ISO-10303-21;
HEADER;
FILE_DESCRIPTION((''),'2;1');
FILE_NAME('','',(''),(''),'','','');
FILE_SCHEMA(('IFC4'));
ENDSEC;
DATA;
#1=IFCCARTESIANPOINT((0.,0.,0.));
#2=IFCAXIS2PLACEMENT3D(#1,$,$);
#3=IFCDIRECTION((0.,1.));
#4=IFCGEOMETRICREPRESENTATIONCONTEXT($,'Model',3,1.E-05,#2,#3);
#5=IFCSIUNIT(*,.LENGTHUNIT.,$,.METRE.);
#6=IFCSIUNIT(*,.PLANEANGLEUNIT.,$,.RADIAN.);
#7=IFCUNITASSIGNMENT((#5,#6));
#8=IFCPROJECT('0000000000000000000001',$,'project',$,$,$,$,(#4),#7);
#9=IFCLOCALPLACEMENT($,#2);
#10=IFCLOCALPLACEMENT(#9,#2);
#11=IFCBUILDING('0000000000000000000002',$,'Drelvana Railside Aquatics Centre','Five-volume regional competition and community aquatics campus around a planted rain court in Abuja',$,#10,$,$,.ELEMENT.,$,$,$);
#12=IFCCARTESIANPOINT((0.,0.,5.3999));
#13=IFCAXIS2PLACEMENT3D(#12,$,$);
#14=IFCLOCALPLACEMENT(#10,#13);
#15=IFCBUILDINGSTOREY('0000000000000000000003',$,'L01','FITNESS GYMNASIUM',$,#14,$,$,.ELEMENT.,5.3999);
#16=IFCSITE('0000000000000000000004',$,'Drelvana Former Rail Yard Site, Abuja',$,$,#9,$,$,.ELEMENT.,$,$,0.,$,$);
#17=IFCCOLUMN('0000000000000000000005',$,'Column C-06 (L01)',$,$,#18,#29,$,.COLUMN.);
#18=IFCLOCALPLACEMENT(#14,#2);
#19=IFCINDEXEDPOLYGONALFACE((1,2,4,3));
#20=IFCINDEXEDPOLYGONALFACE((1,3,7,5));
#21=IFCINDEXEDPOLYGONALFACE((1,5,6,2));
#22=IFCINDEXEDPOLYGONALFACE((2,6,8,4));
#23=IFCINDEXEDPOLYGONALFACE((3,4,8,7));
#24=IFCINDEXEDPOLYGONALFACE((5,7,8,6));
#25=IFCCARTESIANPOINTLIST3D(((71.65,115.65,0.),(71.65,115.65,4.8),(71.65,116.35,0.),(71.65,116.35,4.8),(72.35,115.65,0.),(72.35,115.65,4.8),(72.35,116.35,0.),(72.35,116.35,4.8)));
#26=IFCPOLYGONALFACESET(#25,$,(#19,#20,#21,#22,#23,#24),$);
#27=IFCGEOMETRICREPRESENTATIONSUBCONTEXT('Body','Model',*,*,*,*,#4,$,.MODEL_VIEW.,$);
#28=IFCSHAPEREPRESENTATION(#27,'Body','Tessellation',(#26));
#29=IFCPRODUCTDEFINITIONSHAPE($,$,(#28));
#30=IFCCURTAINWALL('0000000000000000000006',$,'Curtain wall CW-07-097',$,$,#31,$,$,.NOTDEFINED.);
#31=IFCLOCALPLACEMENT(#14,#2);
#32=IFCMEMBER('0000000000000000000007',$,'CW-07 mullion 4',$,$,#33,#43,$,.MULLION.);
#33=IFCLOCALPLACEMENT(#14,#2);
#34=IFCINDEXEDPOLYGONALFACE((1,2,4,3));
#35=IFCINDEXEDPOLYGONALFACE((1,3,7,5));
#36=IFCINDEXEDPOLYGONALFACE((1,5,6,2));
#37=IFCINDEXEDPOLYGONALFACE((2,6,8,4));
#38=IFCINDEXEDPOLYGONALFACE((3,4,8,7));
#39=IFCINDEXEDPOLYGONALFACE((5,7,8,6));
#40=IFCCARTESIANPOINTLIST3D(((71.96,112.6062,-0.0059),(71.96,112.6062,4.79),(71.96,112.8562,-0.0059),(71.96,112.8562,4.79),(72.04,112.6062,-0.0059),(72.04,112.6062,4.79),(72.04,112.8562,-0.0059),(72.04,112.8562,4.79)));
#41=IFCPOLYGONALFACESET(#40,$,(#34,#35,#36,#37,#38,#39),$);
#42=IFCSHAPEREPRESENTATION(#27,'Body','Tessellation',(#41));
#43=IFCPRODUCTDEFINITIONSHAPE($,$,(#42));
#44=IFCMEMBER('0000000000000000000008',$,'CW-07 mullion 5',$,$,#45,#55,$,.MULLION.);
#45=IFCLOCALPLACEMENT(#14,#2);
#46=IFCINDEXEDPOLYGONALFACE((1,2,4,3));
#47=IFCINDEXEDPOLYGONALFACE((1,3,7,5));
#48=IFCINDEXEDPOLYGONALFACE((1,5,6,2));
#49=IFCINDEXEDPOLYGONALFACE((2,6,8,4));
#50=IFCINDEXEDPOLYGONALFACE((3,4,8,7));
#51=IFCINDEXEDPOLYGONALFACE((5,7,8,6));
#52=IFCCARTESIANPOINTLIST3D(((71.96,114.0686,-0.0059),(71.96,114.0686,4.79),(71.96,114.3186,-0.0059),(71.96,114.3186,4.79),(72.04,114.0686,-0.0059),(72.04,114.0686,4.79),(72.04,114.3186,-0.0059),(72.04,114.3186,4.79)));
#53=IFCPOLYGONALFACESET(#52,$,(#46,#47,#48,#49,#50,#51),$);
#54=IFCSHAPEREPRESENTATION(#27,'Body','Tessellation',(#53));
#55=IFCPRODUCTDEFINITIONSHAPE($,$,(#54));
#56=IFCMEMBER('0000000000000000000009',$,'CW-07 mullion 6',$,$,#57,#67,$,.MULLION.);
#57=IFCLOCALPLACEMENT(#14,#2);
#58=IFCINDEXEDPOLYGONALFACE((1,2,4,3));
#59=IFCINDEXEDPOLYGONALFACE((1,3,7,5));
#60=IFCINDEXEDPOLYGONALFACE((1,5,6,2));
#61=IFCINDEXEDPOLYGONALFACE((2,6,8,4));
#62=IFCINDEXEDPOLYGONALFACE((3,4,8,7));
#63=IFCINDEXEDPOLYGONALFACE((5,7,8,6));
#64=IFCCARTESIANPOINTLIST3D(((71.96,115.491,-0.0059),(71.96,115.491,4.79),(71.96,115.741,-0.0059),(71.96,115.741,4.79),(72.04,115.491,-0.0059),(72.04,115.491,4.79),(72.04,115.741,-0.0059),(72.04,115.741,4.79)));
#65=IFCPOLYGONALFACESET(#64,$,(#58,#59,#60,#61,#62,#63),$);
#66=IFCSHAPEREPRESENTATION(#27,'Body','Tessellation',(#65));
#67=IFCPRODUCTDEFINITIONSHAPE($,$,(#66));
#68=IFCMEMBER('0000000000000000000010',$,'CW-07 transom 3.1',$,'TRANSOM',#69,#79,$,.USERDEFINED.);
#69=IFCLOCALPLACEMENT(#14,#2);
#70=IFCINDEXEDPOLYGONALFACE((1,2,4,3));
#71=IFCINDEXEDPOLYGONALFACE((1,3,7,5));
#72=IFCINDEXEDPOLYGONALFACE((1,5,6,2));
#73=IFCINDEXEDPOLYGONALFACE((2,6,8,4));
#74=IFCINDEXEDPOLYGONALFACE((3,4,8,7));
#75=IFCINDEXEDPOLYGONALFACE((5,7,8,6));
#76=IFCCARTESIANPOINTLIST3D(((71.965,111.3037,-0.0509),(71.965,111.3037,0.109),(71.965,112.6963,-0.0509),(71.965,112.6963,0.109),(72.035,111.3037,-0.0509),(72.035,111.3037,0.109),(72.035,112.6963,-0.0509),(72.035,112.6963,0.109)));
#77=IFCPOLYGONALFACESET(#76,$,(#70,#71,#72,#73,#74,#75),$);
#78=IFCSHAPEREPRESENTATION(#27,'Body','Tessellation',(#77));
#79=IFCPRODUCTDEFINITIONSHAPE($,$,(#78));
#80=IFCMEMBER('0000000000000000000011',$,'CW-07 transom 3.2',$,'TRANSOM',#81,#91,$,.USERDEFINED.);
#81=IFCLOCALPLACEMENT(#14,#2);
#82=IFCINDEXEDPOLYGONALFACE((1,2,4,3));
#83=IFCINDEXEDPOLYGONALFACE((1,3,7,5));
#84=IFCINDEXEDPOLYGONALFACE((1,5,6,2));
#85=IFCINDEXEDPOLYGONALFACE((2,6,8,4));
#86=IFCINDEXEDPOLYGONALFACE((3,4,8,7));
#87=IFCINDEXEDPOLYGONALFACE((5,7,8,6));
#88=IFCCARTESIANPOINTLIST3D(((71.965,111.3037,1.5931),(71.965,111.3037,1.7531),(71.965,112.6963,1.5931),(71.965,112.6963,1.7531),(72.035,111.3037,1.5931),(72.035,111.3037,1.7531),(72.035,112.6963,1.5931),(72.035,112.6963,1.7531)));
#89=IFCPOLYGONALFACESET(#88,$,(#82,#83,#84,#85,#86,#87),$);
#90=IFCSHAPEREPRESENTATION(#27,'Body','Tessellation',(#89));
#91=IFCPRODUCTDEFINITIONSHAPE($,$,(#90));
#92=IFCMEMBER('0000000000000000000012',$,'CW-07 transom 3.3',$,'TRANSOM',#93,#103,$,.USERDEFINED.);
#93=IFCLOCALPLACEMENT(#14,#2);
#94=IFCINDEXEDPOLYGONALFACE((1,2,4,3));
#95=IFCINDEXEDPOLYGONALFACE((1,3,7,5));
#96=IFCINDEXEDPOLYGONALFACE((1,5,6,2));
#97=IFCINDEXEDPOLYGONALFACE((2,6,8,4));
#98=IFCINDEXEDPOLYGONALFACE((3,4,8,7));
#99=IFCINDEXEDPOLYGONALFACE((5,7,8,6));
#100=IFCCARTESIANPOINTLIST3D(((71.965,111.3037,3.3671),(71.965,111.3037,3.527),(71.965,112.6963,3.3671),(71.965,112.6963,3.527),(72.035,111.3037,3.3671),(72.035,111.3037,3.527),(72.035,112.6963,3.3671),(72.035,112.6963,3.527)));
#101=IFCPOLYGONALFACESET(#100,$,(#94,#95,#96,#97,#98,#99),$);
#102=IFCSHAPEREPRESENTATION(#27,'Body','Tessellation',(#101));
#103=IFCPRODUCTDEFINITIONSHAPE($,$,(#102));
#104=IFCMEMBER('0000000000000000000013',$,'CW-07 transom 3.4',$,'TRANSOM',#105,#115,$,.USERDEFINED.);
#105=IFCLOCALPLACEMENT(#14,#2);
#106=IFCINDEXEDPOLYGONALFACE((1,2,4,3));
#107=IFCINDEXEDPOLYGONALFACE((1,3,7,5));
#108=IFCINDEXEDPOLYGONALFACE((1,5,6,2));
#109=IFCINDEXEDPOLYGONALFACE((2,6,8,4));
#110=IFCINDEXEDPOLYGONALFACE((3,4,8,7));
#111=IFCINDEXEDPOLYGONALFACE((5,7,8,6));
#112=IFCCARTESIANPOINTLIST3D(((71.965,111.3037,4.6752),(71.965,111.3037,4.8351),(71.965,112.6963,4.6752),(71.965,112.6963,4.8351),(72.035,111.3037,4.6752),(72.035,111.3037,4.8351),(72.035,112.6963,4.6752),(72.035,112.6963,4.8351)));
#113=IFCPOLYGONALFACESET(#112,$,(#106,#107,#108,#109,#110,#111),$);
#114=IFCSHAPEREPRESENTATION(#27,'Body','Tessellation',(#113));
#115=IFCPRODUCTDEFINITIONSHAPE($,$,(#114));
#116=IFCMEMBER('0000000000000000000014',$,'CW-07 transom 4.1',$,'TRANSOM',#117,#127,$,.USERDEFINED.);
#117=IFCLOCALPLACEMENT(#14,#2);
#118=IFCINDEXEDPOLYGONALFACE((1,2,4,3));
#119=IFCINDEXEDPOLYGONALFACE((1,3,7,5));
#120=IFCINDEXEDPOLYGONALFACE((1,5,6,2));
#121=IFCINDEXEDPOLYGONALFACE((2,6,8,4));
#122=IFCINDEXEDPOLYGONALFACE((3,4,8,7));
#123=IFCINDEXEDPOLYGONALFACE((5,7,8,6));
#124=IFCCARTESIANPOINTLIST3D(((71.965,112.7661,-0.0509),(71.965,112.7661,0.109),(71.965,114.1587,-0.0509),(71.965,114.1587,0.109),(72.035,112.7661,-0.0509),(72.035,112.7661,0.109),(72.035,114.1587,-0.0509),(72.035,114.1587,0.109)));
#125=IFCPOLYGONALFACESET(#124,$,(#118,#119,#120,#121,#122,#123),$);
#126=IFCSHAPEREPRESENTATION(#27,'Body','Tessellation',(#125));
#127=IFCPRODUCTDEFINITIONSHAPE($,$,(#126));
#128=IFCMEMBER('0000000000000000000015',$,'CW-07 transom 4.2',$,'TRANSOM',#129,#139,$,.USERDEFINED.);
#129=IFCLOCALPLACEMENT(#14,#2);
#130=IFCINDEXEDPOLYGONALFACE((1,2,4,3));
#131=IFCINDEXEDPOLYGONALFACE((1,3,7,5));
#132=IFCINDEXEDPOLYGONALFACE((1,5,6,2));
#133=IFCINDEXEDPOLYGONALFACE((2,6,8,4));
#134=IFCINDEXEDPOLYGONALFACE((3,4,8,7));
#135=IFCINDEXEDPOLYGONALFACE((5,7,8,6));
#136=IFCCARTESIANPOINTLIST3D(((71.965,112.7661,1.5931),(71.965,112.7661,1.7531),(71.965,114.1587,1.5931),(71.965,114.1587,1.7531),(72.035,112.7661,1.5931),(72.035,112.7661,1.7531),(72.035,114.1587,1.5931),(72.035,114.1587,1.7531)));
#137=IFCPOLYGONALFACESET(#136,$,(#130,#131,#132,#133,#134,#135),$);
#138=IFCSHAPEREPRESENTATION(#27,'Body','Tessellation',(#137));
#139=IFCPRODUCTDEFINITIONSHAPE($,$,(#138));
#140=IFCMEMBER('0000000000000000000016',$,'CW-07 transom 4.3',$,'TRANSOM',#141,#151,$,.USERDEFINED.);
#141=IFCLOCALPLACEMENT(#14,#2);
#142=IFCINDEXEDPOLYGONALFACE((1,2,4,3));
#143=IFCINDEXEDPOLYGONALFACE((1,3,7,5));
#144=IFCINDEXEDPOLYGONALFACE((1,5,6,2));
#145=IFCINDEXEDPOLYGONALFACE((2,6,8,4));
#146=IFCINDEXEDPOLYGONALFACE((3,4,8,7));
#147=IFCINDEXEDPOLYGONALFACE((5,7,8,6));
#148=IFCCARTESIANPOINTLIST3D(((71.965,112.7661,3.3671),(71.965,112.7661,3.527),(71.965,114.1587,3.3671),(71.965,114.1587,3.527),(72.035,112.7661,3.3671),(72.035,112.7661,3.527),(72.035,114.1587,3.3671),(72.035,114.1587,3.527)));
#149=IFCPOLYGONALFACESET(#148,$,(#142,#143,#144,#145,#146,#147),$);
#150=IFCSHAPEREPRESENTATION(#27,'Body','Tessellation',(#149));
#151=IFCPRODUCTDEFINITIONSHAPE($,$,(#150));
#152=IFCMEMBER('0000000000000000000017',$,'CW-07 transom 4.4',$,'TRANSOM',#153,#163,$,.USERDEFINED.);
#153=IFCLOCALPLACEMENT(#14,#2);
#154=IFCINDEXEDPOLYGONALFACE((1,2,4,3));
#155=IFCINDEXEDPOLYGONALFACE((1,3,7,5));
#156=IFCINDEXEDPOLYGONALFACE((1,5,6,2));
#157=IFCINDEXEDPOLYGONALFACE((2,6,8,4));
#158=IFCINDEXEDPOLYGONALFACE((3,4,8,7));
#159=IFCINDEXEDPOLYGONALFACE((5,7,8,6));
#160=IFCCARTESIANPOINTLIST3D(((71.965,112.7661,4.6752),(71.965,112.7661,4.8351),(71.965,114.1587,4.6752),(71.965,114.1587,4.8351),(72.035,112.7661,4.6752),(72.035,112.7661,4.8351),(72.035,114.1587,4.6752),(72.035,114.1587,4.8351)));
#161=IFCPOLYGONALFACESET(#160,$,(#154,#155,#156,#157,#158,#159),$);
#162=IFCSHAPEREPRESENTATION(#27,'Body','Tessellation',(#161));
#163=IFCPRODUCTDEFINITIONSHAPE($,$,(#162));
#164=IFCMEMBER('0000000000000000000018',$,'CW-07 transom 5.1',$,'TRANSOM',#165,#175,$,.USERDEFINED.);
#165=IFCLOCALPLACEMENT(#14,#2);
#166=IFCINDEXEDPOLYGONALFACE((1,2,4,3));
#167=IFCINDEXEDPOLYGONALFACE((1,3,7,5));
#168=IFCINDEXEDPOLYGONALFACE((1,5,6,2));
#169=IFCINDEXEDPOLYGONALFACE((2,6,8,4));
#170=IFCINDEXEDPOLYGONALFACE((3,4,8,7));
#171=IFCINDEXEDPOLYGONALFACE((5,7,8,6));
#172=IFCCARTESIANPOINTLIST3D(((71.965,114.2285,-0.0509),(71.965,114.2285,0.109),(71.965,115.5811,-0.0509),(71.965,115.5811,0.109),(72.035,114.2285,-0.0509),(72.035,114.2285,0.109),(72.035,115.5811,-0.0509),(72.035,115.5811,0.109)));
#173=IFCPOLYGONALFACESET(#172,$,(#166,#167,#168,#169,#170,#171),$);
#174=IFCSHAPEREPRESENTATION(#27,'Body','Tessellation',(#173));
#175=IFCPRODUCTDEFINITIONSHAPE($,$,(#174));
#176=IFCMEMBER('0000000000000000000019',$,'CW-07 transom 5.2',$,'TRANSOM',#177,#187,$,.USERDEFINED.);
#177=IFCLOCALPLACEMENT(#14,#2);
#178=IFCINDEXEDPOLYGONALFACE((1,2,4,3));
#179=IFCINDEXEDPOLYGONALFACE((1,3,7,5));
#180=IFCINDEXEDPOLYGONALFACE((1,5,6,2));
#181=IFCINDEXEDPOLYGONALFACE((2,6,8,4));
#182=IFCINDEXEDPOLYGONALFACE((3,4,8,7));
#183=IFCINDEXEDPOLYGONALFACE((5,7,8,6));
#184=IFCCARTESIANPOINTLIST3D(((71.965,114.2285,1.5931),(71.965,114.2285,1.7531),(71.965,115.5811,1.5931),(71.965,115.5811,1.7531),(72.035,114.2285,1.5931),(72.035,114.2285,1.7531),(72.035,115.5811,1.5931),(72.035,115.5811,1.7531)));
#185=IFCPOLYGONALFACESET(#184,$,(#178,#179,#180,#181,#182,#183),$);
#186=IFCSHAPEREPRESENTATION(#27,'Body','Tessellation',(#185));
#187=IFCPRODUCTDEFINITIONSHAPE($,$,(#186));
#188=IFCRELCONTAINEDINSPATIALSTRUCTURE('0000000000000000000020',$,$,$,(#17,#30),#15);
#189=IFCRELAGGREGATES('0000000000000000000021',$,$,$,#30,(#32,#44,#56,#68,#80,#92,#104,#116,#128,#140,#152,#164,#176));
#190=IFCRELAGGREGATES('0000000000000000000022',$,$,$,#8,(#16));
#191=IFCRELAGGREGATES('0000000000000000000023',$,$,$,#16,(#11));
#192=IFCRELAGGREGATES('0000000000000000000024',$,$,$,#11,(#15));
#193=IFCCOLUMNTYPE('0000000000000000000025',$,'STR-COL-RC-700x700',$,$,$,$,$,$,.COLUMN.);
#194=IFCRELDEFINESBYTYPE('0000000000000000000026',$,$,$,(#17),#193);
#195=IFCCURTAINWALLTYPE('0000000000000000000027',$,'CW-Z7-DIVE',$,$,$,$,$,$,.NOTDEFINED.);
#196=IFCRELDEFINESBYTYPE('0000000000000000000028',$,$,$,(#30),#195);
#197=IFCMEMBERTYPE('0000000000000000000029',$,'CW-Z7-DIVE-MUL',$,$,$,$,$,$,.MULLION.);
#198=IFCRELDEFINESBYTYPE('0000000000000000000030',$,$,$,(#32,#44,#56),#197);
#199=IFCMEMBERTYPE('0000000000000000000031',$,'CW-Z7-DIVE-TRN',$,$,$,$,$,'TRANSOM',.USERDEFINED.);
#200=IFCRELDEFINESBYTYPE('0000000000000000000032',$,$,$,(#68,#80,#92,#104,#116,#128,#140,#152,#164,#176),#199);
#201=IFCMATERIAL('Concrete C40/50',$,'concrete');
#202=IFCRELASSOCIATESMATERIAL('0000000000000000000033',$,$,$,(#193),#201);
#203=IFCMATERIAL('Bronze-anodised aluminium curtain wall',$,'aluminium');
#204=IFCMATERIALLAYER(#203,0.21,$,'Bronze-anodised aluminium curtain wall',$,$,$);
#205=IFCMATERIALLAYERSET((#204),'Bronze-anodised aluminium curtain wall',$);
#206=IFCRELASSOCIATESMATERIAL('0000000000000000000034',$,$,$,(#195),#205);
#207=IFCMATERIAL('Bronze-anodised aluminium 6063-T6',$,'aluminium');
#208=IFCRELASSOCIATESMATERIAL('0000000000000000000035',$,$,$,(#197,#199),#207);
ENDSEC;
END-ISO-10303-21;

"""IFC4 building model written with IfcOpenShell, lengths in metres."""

from ifc_helpers import new_model, si_unit, direction, frame, origin, origin_2d, place, context, subcontext, project, spatial, rectangle, extrude, material, layer, layer_set, material_profile, profile_set, type_object, element, aggregate, save


model = new_model("IFC4")

# Units and contexts
model_context = context("Model", 3, precision=1e-05, world=origin(), true_north=direction((0.0, 1.0)))
body_context = subcontext(model_context, "Body", "Model", "MODEL_VIEW")
ifc_project = project(units=[si_unit("LENGTHUNIT", "METRE"), si_unit("PLANEANGLEUNIT", "RADIAN")], contexts=[model_context])

# Site, building, storey
site_placement = place(None, origin())
site = spatial("IfcSite", under=ifc_project, at=site_placement, Name="Drelvana Former Rail Yard Site, Abuja", CompositionType="ELEMENT", RefElevation=0.0)
building_placement = place(site_placement, origin())
building = spatial("IfcBuilding", under=site, at=building_placement, Name="Drelvana Railside Aquatics Centre", Description="Five-volume regional competition and community aquatics campus around a planted rain court in Abuja", CompositionType="ELEMENT")
storey_placement = place(building_placement, frame((0.0, 0.0, 5.3999)))
storey = spatial("IfcBuildingStorey", under=building, at=storey_placement, Name="L01", Description="FITNESS GYMNASIUM", CompositionType="ELEMENT", Elevation=5.3999)

# Column
ifc_material_1 = material(Name="Concrete C40/50", Category="concrete")
ifc_material_profile_1 = material_profile(ifc_material_1, rectangle(XDim=0.7, YDim=0.7, at=origin_2d()), Name="RC 700x700")
ifc_profile_set_1 = profile_set([ifc_material_profile_1], Name="Concrete C40/50")
column_type = type_object("IfcColumnType", Name="STR-COL-RC-700x700", PredefinedType="COLUMN", material=ifc_profile_set_1)
column_placement = place(storey_placement, frame((72.0, 116.0, 0.0), z_axis=(0.0, 0.0, 1.0), x_axis=(1.0, 0.0, 0.0)))
element("IfcColumn", 1, at=column_placement, inside=storey, type_object=column_type, Name="Column C-06 (L01)", PredefinedType="COLUMN", context=body_context, shape_type="SweptSolid", body=[
    extrude(rectangle(XDim=0.7, YDim=0.7, at=origin_2d()), origin(), (0.0, 0.0, 1.0), 4.8),
])

# Curtain wall, members
ifc_material_2 = material(Name="Bronze-anodised aluminium curtain wall", Category="aluminium")
ifc_layer_1 = layer(ifc_material_2, 0.21, Name="Bronze-anodised aluminium curtain wall")
ifc_layer_set_1 = layer_set([ifc_layer_1], Name="Bronze-anodised aluminium curtain wall")
curtain_wall_type = type_object("IfcCurtainWallType", Name="CW-Z7-DIVE", PredefinedType="NOTDEFINED", material=ifc_layer_set_1)
curtain_wall_placement = place(storey_placement, origin())
curtain_wall = element("IfcCurtainWall", 2, at=curtain_wall_placement, inside=storey, type_object=curtain_wall_type, Name="Curtain wall CW-07-097", PredefinedType="NOTDEFINED")
ifc_material_3 = material(Name="Bronze-anodised aluminium 6063-T6", Category="aluminium")
ifc_material_profile_2 = material_profile(ifc_material_3, rectangle(XDim=0.0801, YDim=0.25, at=origin_2d()), Name="ALU-M 80x250")
ifc_profile_set_2 = profile_set([ifc_material_profile_2], Name="Bronze-anodised aluminium 6063-T6")
member_type_1 = type_object("IfcMemberType", Name="CW-Z7-DIVE-MUL", PredefinedType="MULLION", material=ifc_profile_set_2)
member_1_placement = place(storey_placement, frame((72.0, 112.7312, -0.0059), z_axis=(0.0, 0.0, 1.0), x_axis=(-1.0, 0.0, 0.0)))
member_1 = element("IfcMember", 3, at=member_1_placement, type_object=member_type_1, Name="CW-07 mullion 4", PredefinedType="MULLION", context=body_context, shape_type="SweptSolid", body=[
    extrude(rectangle(XDim=0.0801, YDim=0.25, at=origin_2d()), origin(), (0.0, 0.0, 1.0), 4.7959),
])
member_2_placement = place(storey_placement, frame((72.0, 114.1936, -0.0059), z_axis=(0.0, 0.0, 1.0), x_axis=(-1.0, 0.0, 0.0)))
member_2 = element("IfcMember", 4, at=member_2_placement, type_object=member_type_1, Name="CW-07 mullion 5", PredefinedType="MULLION", context=body_context, shape_type="SweptSolid", body=[
    extrude(rectangle(XDim=0.0801, YDim=0.25, at=origin_2d()), origin(), (0.0, 0.0, 1.0), 4.7959),
])
member_3_placement = place(storey_placement, frame((72.0, 115.616, -0.0059), z_axis=(0.0, 0.0, 1.0), x_axis=(-1.0, 0.0, 0.0)))
member_3 = element("IfcMember", 5, at=member_3_placement, type_object=member_type_1, Name="CW-07 mullion 6", PredefinedType="MULLION", context=body_context, shape_type="SweptSolid", body=[
    extrude(rectangle(XDim=0.0801, YDim=0.25, at=origin_2d()), origin(), (0.0, 0.0, 1.0), 4.7959),
])
ifc_material_profile_3 = material_profile(ifc_material_3, rectangle(XDim=0.1599, YDim=0.0701, at=origin_2d()), Name="ALU-T 70x160")
ifc_profile_set_3 = profile_set([ifc_material_profile_3], Name="Bronze-anodised aluminium 6063-T6")
member_type_2 = type_object("IfcMemberType", Name="CW-Z7-DIVE-TRN", ElementType="TRANSOM", PredefinedType="USERDEFINED", material=ifc_profile_set_3)
member_4_placement = place(storey_placement, frame((72.0, 111.3037, 0.0291), z_axis=(0.0, 1.0, 0.0), x_axis=(0.0, 0.0, 1.0)))
member_4 = element("IfcMember", 6, at=member_4_placement, type_object=member_type_2, Name="CW-07 transom 3.1", ObjectType="TRANSOM", PredefinedType="USERDEFINED", context=body_context, shape_type="SweptSolid", body=[
    extrude(rectangle(XDim=0.1599, YDim=0.0701, at=origin_2d()), origin(), (0.0, 0.0, 1.0), 1.3926),
])
member_5_placement = place(storey_placement, frame((72.0, 111.3037, 1.6731), z_axis=(0.0, 1.0, 0.0), x_axis=(0.0, 0.0, 1.0)))
member_5 = element("IfcMember", 7, at=member_5_placement, type_object=member_type_2, Name="CW-07 transom 3.2", ObjectType="TRANSOM", PredefinedType="USERDEFINED", context=body_context, shape_type="SweptSolid", body=[
    extrude(rectangle(XDim=0.1599, YDim=0.0701, at=origin_2d()), origin(), (0.0, 0.0, 1.0), 1.3926),
])
member_6_placement = place(storey_placement, frame((72.0, 111.3037, 3.447), z_axis=(0.0, 1.0, 0.0), x_axis=(0.0, 0.0, 1.0)))
member_6 = element("IfcMember", 8, at=member_6_placement, type_object=member_type_2, Name="CW-07 transom 3.3", ObjectType="TRANSOM", PredefinedType="USERDEFINED", context=body_context, shape_type="SweptSolid", body=[
    extrude(rectangle(XDim=0.1599, YDim=0.0701, at=origin_2d()), origin(), (0.0, 0.0, 1.0), 1.3926),
])
member_7_placement = place(storey_placement, frame((72.0, 111.3037, 4.7551), z_axis=(0.0, 1.0, 0.0), x_axis=(0.0, 0.0, 1.0)))
member_7 = element("IfcMember", 9, at=member_7_placement, type_object=member_type_2, Name="CW-07 transom 3.4", ObjectType="TRANSOM", PredefinedType="USERDEFINED", context=body_context, shape_type="SweptSolid", body=[
    extrude(rectangle(XDim=0.1599, YDim=0.0701, at=origin_2d()), origin(), (0.0, 0.0, 1.0), 1.3926),
])
member_8_placement = place(storey_placement, frame((72.0, 112.7661, 0.0291), z_axis=(0.0, 1.0, 0.0), x_axis=(0.0, 0.0, 1.0)))
member_8 = element("IfcMember", 10, at=member_8_placement, type_object=member_type_2, Name="CW-07 transom 4.1", ObjectType="TRANSOM", PredefinedType="USERDEFINED", context=body_context, shape_type="SweptSolid", body=[
    extrude(rectangle(XDim=0.1599, YDim=0.0701, at=origin_2d()), origin(), (0.0, 0.0, 1.0), 1.3926),
])
member_9_placement = place(storey_placement, frame((72.0, 112.7661, 1.6731), z_axis=(0.0, 1.0, 0.0), x_axis=(0.0, 0.0, 1.0)))
member_9 = element("IfcMember", 11, at=member_9_placement, type_object=member_type_2, Name="CW-07 transom 4.2", ObjectType="TRANSOM", PredefinedType="USERDEFINED", context=body_context, shape_type="SweptSolid", body=[
    extrude(rectangle(XDim=0.1599, YDim=0.0701, at=origin_2d()), origin(), (0.0, 0.0, 1.0), 1.3926),
])
member_10_placement = place(storey_placement, frame((72.0, 112.7661, 3.447), z_axis=(0.0, 1.0, 0.0), x_axis=(0.0, 0.0, 1.0)))
member_10 = element("IfcMember", 12, at=member_10_placement, type_object=member_type_2, Name="CW-07 transom 4.3", ObjectType="TRANSOM", PredefinedType="USERDEFINED", context=body_context, shape_type="SweptSolid", body=[
    extrude(rectangle(XDim=0.1599, YDim=0.0701, at=origin_2d()), origin(), (0.0, 0.0, 1.0), 1.3926),
])
member_11_placement = place(storey_placement, frame((72.0, 112.7661, 4.7551), z_axis=(0.0, 1.0, 0.0), x_axis=(0.0, 0.0, 1.0)))
member_11 = element("IfcMember", 13, at=member_11_placement, type_object=member_type_2, Name="CW-07 transom 4.4", ObjectType="TRANSOM", PredefinedType="USERDEFINED", context=body_context, shape_type="SweptSolid", body=[
    extrude(rectangle(XDim=0.1599, YDim=0.0701, at=origin_2d()), origin(), (0.0, 0.0, 1.0), 1.3926),
])
member_12_placement = place(storey_placement, frame((72.0, 114.2285, 0.0291), z_axis=(0.0, 1.0, 0.0), x_axis=(0.0, 0.0, 1.0)))
member_12 = element("IfcMember", 14, at=member_12_placement, type_object=member_type_2, Name="CW-07 transom 5.1", ObjectType="TRANSOM", PredefinedType="USERDEFINED", context=body_context, shape_type="SweptSolid", body=[
    extrude(rectangle(XDim=0.1599, YDim=0.0701, at=origin_2d()), origin(), (0.0, 0.0, 1.0), 1.3525),
])
member_13_placement = place(storey_placement, frame((72.0, 114.2285, 1.6731), z_axis=(0.0, 1.0, 0.0), x_axis=(0.0, 0.0, 1.0)))
member_13 = element("IfcMember", 15, at=member_13_placement, type_object=member_type_2, Name="CW-07 transom 5.2", ObjectType="TRANSOM", PredefinedType="USERDEFINED", context=body_context, shape_type="SweptSolid", body=[
    extrude(rectangle(XDim=0.1599, YDim=0.0701, at=origin_2d()), origin(), (0.0, 0.0, 1.0), 1.3525),
])
aggregate(curtain_wall, [member_1, member_2, member_3, member_4, member_5, member_6, member_7, member_8, member_9, member_10, member_11, member_12, member_13])

save(model, "model.ifc")
